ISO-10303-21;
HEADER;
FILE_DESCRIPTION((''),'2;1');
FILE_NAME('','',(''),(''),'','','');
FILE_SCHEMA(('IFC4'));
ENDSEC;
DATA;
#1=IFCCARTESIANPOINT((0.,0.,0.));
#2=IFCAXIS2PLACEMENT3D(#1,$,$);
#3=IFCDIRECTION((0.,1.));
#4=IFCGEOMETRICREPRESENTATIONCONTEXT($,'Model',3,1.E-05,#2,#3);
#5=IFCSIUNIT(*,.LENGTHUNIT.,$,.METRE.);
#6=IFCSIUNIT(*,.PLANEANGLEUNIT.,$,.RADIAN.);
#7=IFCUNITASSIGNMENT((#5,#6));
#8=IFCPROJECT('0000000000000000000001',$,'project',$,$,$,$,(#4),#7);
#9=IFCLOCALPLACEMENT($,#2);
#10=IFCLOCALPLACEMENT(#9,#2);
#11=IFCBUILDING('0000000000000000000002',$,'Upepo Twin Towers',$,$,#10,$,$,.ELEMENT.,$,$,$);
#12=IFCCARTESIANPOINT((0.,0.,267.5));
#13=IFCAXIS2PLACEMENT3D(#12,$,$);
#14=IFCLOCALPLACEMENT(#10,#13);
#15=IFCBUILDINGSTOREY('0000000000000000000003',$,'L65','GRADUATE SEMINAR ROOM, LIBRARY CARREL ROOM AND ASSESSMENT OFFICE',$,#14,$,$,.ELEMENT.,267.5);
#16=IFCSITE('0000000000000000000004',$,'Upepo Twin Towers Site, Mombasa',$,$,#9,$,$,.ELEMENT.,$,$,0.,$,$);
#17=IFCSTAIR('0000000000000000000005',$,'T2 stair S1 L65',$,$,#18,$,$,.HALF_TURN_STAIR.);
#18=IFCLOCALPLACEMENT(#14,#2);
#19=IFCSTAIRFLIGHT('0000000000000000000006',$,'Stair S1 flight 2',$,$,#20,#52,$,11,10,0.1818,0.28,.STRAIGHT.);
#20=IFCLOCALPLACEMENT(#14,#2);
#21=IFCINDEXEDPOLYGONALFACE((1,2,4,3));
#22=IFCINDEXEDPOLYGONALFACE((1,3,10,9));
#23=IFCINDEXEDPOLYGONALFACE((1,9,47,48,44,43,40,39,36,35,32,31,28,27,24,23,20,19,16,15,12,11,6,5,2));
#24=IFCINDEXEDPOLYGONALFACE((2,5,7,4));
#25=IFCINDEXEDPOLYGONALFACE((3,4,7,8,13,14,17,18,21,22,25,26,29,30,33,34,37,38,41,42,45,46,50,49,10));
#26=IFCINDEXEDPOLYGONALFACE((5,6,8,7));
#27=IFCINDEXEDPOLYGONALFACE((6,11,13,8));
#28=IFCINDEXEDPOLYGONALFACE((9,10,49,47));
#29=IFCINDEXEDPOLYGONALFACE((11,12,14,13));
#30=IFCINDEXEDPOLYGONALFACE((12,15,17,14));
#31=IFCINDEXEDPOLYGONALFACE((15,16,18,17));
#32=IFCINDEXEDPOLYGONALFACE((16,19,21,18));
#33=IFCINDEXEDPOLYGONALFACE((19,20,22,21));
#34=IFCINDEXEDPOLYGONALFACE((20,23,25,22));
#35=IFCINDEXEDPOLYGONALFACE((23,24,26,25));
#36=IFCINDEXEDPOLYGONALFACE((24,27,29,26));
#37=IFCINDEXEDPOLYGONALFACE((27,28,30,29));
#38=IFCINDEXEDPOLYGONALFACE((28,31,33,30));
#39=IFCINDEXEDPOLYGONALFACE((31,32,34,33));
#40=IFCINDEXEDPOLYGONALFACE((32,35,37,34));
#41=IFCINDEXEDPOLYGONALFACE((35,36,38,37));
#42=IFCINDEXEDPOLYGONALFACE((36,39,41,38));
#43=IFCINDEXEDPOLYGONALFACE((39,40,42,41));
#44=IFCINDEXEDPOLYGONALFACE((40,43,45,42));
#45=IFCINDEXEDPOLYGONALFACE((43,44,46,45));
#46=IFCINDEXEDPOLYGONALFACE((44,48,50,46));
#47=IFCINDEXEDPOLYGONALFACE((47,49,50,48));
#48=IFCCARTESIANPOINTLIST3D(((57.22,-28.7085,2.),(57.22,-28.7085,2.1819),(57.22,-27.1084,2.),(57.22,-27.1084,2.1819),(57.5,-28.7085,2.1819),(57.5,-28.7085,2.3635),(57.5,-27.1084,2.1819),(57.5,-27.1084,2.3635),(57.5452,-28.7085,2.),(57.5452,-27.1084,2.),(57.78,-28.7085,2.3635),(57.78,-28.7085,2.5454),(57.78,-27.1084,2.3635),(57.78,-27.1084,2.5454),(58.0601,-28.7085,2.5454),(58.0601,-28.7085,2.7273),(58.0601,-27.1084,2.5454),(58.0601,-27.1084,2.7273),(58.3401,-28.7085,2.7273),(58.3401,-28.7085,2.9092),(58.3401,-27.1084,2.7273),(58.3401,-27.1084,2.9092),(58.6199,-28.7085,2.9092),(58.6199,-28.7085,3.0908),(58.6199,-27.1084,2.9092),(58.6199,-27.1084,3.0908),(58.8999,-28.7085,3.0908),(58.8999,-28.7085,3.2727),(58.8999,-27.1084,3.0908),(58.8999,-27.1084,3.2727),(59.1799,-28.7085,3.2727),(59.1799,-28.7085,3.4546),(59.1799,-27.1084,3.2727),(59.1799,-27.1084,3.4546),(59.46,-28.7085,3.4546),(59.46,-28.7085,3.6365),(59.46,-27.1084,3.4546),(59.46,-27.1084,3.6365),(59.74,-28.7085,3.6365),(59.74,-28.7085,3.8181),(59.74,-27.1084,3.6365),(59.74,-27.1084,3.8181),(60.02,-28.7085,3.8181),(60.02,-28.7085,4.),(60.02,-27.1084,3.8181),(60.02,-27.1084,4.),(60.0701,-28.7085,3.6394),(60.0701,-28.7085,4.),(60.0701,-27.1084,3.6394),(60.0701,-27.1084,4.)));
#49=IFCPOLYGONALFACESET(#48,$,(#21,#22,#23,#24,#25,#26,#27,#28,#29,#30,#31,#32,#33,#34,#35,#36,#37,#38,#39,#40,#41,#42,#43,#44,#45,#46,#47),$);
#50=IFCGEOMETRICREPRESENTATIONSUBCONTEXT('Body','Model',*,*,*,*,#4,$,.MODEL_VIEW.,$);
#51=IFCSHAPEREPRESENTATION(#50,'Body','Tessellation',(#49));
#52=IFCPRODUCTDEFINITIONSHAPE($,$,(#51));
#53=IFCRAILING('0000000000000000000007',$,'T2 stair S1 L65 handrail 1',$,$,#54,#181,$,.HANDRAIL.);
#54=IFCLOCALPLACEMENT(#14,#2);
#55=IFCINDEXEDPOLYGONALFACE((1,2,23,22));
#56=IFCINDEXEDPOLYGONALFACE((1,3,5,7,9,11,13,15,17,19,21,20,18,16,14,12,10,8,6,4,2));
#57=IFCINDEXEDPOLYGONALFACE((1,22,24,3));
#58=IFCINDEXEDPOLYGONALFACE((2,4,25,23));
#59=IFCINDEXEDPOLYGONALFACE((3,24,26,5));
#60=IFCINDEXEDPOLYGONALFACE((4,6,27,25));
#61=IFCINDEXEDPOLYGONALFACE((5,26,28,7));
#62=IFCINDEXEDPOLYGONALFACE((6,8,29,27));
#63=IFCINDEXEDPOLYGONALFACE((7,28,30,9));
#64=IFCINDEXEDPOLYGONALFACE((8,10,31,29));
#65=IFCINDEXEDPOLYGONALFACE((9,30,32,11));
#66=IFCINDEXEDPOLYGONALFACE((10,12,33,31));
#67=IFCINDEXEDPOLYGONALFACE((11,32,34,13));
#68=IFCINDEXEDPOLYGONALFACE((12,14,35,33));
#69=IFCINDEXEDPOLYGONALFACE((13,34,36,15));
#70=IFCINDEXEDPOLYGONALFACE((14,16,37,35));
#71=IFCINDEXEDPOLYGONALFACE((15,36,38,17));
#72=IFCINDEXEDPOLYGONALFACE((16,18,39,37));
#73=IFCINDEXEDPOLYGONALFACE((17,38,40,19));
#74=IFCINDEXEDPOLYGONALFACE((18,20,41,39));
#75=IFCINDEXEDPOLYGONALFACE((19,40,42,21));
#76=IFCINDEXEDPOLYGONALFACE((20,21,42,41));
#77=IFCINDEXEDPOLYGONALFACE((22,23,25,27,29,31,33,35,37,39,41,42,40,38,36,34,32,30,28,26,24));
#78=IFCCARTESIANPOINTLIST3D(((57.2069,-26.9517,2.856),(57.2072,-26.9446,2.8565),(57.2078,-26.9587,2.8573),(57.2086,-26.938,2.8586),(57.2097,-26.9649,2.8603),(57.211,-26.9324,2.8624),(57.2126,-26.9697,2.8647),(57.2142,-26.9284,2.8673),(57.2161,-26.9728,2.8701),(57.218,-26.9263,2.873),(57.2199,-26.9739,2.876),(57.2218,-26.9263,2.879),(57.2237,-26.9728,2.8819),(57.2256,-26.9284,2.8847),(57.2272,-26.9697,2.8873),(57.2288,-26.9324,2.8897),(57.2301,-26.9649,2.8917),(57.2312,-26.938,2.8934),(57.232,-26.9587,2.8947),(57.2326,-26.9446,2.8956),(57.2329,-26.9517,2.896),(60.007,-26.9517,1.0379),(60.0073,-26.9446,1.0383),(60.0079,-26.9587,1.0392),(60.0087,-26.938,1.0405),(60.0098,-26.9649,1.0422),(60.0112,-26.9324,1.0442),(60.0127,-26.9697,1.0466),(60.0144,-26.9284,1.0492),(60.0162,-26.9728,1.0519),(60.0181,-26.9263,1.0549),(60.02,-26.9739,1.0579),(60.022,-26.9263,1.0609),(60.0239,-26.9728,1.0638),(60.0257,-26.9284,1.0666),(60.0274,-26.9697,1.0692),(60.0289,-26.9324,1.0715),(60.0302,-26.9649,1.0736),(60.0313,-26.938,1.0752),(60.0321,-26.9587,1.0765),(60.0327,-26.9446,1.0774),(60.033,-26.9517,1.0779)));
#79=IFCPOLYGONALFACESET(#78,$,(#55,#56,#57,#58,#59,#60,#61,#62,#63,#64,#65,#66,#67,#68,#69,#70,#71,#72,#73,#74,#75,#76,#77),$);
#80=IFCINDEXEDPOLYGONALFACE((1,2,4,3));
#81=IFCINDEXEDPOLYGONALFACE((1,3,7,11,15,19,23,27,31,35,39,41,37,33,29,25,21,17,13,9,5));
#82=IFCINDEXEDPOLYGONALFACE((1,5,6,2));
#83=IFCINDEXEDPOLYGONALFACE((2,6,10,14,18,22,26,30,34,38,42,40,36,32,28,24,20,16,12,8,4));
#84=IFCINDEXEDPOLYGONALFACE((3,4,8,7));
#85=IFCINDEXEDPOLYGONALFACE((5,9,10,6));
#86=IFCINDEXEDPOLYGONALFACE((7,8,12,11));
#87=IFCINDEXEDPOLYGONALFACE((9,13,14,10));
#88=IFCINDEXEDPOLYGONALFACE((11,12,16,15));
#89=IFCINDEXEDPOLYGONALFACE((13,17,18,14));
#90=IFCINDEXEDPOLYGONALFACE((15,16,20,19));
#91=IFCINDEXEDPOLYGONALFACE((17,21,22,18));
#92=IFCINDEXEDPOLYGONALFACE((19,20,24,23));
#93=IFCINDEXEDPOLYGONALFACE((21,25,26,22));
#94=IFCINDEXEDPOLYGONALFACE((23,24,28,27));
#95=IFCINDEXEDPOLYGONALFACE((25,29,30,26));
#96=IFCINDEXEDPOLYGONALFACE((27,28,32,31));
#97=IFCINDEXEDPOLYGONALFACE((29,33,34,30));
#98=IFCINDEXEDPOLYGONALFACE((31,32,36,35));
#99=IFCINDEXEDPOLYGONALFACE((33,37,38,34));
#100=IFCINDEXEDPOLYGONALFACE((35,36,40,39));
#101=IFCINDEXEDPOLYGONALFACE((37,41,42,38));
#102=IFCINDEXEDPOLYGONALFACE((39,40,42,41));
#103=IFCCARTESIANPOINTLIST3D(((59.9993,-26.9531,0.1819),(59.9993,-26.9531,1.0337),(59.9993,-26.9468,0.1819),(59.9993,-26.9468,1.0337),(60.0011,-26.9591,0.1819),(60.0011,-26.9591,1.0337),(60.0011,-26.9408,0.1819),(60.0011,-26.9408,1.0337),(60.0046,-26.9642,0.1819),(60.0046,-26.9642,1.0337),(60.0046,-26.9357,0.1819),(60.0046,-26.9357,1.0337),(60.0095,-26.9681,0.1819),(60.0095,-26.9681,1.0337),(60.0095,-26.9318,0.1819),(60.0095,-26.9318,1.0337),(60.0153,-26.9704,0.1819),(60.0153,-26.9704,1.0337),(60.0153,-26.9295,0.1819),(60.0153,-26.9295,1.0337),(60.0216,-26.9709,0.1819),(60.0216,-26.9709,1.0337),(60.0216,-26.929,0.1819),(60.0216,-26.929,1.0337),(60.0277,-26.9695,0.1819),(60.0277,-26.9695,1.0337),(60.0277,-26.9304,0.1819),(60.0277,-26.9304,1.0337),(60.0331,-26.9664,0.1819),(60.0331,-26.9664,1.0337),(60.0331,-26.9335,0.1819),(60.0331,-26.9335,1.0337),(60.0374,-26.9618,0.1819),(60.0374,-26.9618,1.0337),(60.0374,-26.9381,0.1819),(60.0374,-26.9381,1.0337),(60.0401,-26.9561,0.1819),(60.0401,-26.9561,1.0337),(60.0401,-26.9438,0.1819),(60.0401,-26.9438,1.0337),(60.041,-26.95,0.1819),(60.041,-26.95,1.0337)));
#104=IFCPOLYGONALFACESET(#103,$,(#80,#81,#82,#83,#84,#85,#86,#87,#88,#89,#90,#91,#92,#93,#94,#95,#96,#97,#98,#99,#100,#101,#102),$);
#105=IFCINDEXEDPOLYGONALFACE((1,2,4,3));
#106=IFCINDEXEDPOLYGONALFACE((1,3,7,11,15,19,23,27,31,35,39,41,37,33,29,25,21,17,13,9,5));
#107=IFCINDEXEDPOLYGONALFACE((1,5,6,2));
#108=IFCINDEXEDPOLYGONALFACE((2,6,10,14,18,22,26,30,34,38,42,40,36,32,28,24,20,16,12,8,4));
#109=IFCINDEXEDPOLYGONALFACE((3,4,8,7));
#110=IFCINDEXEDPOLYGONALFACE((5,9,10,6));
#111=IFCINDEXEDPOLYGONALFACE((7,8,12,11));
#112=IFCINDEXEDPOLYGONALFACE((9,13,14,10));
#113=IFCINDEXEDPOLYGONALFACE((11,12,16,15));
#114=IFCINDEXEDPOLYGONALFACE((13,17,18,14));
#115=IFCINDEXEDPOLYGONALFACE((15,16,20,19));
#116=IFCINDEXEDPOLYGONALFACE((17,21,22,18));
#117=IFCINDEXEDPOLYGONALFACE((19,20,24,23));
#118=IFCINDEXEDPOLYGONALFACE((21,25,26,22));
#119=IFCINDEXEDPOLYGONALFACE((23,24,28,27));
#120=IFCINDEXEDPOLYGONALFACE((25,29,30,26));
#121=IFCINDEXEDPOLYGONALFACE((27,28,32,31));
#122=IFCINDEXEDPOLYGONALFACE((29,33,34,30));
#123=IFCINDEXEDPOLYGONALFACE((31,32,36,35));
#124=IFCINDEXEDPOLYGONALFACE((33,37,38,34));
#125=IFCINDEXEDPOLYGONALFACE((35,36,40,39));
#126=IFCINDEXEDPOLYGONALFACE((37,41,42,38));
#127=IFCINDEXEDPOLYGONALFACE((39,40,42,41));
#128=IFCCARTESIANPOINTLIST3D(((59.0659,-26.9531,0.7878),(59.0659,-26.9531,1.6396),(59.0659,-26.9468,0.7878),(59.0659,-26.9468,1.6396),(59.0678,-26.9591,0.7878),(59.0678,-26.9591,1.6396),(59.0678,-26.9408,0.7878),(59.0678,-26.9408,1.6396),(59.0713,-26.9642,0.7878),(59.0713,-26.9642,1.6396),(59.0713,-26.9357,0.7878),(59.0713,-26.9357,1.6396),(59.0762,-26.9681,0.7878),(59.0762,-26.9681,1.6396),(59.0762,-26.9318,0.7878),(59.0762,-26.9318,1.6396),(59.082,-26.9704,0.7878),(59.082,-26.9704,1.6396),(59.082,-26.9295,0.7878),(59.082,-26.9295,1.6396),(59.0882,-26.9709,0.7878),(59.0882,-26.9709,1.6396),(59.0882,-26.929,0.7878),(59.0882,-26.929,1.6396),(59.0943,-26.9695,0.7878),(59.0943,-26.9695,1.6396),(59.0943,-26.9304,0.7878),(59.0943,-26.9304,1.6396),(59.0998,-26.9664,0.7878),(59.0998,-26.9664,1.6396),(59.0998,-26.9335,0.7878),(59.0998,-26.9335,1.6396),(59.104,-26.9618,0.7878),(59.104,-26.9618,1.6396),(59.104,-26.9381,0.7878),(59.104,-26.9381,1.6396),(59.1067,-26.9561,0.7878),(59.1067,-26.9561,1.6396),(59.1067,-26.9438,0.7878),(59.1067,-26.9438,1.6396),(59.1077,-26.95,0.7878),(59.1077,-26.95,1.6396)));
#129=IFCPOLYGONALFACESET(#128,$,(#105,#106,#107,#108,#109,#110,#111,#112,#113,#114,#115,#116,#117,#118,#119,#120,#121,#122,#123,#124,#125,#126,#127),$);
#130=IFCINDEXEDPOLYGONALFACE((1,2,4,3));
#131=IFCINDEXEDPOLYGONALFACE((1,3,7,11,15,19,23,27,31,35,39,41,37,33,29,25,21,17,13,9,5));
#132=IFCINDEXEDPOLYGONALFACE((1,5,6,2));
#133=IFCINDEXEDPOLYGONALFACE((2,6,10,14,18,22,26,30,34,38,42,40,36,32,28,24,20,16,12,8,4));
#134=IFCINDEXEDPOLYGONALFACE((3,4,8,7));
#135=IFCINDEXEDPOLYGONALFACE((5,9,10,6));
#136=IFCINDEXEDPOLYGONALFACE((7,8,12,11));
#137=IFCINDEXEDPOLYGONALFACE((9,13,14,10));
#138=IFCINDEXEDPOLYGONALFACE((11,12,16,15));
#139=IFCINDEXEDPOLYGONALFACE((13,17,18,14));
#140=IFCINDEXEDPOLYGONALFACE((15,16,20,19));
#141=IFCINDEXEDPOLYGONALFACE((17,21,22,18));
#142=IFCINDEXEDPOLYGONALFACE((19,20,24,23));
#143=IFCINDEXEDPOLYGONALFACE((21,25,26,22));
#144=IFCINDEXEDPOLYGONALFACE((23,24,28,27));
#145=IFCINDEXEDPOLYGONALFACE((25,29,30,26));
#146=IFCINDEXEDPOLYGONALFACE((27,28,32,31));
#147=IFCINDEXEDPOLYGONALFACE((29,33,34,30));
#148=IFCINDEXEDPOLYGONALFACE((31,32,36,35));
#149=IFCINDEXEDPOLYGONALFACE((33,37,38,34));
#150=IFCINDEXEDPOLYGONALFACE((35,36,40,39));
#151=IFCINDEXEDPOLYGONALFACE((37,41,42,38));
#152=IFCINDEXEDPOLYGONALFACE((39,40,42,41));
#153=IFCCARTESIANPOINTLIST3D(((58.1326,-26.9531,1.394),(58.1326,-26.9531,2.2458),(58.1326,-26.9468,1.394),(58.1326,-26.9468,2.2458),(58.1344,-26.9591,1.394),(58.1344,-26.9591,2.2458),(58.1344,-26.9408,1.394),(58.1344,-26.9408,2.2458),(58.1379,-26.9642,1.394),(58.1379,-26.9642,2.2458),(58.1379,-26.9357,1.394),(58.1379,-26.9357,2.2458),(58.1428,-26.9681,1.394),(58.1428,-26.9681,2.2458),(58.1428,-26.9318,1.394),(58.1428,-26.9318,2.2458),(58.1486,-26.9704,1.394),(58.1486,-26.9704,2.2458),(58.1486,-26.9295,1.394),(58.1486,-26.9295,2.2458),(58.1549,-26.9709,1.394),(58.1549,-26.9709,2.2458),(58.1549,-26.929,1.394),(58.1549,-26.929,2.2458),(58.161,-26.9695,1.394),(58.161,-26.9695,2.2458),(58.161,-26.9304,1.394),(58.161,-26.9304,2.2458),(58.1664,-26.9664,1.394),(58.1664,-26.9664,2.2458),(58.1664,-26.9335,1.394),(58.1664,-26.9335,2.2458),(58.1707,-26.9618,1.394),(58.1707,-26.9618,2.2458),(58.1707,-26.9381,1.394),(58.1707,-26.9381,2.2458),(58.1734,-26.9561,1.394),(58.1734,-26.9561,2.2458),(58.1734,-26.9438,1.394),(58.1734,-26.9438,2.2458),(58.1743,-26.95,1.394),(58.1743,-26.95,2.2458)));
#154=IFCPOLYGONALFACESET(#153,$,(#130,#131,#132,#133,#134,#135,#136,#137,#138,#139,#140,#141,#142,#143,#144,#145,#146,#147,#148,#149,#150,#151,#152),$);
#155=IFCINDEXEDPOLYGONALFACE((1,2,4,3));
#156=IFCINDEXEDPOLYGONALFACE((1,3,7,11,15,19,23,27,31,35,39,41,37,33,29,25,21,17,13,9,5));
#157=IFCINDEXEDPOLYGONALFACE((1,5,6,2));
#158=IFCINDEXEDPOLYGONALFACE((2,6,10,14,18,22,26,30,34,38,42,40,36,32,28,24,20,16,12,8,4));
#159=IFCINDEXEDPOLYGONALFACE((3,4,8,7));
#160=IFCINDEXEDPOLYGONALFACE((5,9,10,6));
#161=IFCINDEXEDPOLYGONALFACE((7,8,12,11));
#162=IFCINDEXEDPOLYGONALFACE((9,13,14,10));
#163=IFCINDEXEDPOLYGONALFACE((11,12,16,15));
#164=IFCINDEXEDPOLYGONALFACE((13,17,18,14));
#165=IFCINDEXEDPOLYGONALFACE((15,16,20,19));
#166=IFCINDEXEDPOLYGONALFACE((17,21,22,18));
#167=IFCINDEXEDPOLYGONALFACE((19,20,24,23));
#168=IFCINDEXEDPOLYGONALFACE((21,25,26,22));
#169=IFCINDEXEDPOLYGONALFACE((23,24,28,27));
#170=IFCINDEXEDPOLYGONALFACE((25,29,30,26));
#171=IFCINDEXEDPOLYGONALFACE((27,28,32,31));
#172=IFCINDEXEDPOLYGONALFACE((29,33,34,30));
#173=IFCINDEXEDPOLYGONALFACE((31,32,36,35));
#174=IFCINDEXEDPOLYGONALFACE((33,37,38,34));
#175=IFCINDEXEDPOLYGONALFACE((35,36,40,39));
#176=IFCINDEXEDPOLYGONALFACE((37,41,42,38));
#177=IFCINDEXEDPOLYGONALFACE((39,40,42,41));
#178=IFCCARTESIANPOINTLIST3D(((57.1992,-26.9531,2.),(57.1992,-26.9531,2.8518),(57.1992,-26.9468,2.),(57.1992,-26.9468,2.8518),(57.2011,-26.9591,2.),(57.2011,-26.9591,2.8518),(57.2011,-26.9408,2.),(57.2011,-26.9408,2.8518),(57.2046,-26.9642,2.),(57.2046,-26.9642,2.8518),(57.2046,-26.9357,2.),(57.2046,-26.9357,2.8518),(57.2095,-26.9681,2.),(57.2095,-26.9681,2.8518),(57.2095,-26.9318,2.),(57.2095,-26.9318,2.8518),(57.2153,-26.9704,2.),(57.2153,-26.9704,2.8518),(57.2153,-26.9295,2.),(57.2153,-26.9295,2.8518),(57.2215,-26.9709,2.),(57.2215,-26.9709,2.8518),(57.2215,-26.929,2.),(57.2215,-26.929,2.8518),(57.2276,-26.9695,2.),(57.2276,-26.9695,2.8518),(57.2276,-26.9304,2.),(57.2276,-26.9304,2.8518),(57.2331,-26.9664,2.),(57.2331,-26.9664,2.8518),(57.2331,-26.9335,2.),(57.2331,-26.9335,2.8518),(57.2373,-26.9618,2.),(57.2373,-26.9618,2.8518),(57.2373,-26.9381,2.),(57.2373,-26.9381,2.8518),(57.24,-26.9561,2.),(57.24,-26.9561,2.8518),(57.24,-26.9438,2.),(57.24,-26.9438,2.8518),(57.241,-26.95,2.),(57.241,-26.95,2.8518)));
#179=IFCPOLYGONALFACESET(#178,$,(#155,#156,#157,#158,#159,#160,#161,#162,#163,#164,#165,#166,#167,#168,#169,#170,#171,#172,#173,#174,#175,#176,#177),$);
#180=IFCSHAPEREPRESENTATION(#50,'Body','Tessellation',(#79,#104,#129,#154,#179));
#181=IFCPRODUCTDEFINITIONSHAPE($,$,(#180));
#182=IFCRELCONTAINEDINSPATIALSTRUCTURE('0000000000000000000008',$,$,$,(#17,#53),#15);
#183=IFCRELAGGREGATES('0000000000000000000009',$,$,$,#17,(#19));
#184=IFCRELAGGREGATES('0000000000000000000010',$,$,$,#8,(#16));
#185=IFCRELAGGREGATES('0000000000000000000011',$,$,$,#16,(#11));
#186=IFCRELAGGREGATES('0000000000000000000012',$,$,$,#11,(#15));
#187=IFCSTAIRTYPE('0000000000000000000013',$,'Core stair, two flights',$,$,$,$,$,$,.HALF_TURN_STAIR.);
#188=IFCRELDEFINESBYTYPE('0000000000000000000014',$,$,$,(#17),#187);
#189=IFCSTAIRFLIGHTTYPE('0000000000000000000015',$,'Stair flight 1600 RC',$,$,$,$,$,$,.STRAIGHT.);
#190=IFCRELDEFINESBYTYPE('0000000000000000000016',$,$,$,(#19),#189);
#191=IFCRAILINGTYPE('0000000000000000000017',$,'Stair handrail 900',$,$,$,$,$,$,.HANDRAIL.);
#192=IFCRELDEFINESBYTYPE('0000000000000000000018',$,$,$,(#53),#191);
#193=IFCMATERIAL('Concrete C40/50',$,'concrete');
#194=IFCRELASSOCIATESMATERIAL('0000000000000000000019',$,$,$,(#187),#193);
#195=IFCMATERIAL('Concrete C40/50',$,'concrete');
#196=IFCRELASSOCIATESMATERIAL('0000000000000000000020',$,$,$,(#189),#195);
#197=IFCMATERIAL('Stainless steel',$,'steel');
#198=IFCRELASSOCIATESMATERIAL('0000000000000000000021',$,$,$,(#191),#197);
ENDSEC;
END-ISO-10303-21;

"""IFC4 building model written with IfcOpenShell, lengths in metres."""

from ifc_helpers import new_model, si_unit, direction, frame, origin, origin_2d, place, context, subcontext, project, spatial, polyline, circle, outline, extrude, material, type_object, element, aggregate, save


model = new_model("IFC4")

# Units and contexts
model_context = context("Model", 3, precision=1e-05, world=origin(), true_north=direction((0.0, 1.0)))
body_context = subcontext(model_context, "Body", "Model", "MODEL_VIEW")
ifc_project = project(units=[si_unit("LENGTHUNIT", "METRE"), si_unit("PLANEANGLEUNIT", "RADIAN")], contexts=[model_context])

# Site, building, storey
site_placement = place(None, origin())
site = spatial("IfcSite", under=ifc_project, at=site_placement, Name="Upepo Twin Towers Site, Mombasa", CompositionType="ELEMENT", RefElevation=0.0)
building_placement = place(site_placement, origin())
building = spatial("IfcBuilding", under=site, at=building_placement, Name="Upepo Twin Towers", CompositionType="ELEMENT")
storey_placement = place(building_placement, frame((0.0, 0.0, 267.5)))
storey = spatial("IfcBuildingStorey", under=building, at=storey_placement, Name="L65", Description="GRADUATE SEMINAR ROOM, LIBRARY CARREL ROOM AND ASSESSMENT OFFICE", CompositionType="ELEMENT", Elevation=267.5)

# Stair, stair flight
ifc_material_1 = material(Name="Concrete C40/50", Category="concrete")
stair_type = type_object("IfcStairType", Name="Core stair, two flights", PredefinedType="HALF_TURN_STAIR", material=ifc_material_1)
stair_placement = place(storey_placement, origin())
stair = element("IfcStair", 1, at=stair_placement, inside=storey, type_object=stair_type, Name="T2 stair S1 L65", PredefinedType="HALF_TURN_STAIR")
ifc_material_2 = material(Name="Concrete C40/50", Category="concrete")
stair_flight_type = type_object("IfcStairFlightType", Name="Stair flight 1600 RC", PredefinedType="STRAIGHT", material=ifc_material_2)
stair_flight_1_placement = place(storey_placement, frame((57.22, -27.9084, 2.0), z_axis=(0.0, 0.0, 1.0), x_axis=(1.0, 0.0, 0.0)))
stair_flight_1 = element("IfcStairFlight", 2, at=stair_flight_1_placement, type_object=stair_flight_type, Name="Stair S1 flight 2", NumberOfRisers=11, NumberOfTreads=10, PredefinedType="STRAIGHT", RiserHeight=0.1818, TreadLength=0.28, context=body_context, shape_type="SweptSolid", body=[
    extrude(outline(polyline([(0.0, 0.0), (0.0, 0.1819), (0.28, 0.1819), (0.28, 0.3635), (0.5601, 0.3635), (0.5601, 0.5454), (0.8401, 0.5454), (0.8401, 0.7273), (1.1201, 0.7273), (1.1201, 0.9092), (1.3999, 0.9092), (1.3999, 1.0908), (1.6799, 1.0908), (1.6799, 1.2727), (1.96, 1.2727), (1.96, 1.4546), (2.24, 1.4546), (2.24, 1.6365), (2.52, 1.6365), (2.52, 1.8181), (2.8, 1.8181), (2.8, 2.0), (2.8501, 2.0), (2.8501, 1.6394), (0.3252, 0.0), (0.0, 0.0)])), frame((0.0, 0.8, 0.0), z_axis=(0.0, -1.0, 0.0), x_axis=(1.0, 0.0, 0.0)), (0.0, 0.0, 1.0), 1.6001),
])
aggregate(stair, [stair_flight_1])

# Railing
ifc_material_3 = material(Name="Stainless steel", Category="steel")
railing_type = type_object("IfcRailingType", Name="Stair handrail 900", PredefinedType="HANDRAIL", material=ifc_material_3)
railing_1_placement = place(storey_placement, frame((60.02, -26.95, 0.1819)))
element("IfcRailing", 3, at=railing_1_placement, inside=storey, type_object=railing_type, Name="T2 stair S1 L65 handrail 1", PredefinedType="HANDRAIL", context=body_context, shape_type="SweptSolid", body=[
    extrude(circle(Radius=0.0239, at=origin_2d()), frame((0.0, 0.0, 0.876), z_axis=(-0.838706, 0.0, 0.544585), x_axis=(0.0, -1.0, 0.0)), (0.0, 0.0, 1.0), 3.3386),
    extrude(circle(Radius=0.021, at=origin_2d()), origin(), (0.0, 0.0, 1.0), 0.8518),
    extrude(circle(Radius=0.021, at=origin_2d()), frame((-0.9333, 0.0, 0.606)), (0.0, 0.0, 1.0), 0.8518),
    extrude(circle(Radius=0.021, at=origin_2d()), frame((-1.8667, 0.0, 1.2122)), (0.0, 0.0, 1.0), 0.8518),
    extrude(circle(Radius=0.021, at=origin_2d()), frame((-2.8, 0.0, 1.8181)), (0.0, 0.0, 1.0), 0.8518),
])

save(model, "model.ifc")
